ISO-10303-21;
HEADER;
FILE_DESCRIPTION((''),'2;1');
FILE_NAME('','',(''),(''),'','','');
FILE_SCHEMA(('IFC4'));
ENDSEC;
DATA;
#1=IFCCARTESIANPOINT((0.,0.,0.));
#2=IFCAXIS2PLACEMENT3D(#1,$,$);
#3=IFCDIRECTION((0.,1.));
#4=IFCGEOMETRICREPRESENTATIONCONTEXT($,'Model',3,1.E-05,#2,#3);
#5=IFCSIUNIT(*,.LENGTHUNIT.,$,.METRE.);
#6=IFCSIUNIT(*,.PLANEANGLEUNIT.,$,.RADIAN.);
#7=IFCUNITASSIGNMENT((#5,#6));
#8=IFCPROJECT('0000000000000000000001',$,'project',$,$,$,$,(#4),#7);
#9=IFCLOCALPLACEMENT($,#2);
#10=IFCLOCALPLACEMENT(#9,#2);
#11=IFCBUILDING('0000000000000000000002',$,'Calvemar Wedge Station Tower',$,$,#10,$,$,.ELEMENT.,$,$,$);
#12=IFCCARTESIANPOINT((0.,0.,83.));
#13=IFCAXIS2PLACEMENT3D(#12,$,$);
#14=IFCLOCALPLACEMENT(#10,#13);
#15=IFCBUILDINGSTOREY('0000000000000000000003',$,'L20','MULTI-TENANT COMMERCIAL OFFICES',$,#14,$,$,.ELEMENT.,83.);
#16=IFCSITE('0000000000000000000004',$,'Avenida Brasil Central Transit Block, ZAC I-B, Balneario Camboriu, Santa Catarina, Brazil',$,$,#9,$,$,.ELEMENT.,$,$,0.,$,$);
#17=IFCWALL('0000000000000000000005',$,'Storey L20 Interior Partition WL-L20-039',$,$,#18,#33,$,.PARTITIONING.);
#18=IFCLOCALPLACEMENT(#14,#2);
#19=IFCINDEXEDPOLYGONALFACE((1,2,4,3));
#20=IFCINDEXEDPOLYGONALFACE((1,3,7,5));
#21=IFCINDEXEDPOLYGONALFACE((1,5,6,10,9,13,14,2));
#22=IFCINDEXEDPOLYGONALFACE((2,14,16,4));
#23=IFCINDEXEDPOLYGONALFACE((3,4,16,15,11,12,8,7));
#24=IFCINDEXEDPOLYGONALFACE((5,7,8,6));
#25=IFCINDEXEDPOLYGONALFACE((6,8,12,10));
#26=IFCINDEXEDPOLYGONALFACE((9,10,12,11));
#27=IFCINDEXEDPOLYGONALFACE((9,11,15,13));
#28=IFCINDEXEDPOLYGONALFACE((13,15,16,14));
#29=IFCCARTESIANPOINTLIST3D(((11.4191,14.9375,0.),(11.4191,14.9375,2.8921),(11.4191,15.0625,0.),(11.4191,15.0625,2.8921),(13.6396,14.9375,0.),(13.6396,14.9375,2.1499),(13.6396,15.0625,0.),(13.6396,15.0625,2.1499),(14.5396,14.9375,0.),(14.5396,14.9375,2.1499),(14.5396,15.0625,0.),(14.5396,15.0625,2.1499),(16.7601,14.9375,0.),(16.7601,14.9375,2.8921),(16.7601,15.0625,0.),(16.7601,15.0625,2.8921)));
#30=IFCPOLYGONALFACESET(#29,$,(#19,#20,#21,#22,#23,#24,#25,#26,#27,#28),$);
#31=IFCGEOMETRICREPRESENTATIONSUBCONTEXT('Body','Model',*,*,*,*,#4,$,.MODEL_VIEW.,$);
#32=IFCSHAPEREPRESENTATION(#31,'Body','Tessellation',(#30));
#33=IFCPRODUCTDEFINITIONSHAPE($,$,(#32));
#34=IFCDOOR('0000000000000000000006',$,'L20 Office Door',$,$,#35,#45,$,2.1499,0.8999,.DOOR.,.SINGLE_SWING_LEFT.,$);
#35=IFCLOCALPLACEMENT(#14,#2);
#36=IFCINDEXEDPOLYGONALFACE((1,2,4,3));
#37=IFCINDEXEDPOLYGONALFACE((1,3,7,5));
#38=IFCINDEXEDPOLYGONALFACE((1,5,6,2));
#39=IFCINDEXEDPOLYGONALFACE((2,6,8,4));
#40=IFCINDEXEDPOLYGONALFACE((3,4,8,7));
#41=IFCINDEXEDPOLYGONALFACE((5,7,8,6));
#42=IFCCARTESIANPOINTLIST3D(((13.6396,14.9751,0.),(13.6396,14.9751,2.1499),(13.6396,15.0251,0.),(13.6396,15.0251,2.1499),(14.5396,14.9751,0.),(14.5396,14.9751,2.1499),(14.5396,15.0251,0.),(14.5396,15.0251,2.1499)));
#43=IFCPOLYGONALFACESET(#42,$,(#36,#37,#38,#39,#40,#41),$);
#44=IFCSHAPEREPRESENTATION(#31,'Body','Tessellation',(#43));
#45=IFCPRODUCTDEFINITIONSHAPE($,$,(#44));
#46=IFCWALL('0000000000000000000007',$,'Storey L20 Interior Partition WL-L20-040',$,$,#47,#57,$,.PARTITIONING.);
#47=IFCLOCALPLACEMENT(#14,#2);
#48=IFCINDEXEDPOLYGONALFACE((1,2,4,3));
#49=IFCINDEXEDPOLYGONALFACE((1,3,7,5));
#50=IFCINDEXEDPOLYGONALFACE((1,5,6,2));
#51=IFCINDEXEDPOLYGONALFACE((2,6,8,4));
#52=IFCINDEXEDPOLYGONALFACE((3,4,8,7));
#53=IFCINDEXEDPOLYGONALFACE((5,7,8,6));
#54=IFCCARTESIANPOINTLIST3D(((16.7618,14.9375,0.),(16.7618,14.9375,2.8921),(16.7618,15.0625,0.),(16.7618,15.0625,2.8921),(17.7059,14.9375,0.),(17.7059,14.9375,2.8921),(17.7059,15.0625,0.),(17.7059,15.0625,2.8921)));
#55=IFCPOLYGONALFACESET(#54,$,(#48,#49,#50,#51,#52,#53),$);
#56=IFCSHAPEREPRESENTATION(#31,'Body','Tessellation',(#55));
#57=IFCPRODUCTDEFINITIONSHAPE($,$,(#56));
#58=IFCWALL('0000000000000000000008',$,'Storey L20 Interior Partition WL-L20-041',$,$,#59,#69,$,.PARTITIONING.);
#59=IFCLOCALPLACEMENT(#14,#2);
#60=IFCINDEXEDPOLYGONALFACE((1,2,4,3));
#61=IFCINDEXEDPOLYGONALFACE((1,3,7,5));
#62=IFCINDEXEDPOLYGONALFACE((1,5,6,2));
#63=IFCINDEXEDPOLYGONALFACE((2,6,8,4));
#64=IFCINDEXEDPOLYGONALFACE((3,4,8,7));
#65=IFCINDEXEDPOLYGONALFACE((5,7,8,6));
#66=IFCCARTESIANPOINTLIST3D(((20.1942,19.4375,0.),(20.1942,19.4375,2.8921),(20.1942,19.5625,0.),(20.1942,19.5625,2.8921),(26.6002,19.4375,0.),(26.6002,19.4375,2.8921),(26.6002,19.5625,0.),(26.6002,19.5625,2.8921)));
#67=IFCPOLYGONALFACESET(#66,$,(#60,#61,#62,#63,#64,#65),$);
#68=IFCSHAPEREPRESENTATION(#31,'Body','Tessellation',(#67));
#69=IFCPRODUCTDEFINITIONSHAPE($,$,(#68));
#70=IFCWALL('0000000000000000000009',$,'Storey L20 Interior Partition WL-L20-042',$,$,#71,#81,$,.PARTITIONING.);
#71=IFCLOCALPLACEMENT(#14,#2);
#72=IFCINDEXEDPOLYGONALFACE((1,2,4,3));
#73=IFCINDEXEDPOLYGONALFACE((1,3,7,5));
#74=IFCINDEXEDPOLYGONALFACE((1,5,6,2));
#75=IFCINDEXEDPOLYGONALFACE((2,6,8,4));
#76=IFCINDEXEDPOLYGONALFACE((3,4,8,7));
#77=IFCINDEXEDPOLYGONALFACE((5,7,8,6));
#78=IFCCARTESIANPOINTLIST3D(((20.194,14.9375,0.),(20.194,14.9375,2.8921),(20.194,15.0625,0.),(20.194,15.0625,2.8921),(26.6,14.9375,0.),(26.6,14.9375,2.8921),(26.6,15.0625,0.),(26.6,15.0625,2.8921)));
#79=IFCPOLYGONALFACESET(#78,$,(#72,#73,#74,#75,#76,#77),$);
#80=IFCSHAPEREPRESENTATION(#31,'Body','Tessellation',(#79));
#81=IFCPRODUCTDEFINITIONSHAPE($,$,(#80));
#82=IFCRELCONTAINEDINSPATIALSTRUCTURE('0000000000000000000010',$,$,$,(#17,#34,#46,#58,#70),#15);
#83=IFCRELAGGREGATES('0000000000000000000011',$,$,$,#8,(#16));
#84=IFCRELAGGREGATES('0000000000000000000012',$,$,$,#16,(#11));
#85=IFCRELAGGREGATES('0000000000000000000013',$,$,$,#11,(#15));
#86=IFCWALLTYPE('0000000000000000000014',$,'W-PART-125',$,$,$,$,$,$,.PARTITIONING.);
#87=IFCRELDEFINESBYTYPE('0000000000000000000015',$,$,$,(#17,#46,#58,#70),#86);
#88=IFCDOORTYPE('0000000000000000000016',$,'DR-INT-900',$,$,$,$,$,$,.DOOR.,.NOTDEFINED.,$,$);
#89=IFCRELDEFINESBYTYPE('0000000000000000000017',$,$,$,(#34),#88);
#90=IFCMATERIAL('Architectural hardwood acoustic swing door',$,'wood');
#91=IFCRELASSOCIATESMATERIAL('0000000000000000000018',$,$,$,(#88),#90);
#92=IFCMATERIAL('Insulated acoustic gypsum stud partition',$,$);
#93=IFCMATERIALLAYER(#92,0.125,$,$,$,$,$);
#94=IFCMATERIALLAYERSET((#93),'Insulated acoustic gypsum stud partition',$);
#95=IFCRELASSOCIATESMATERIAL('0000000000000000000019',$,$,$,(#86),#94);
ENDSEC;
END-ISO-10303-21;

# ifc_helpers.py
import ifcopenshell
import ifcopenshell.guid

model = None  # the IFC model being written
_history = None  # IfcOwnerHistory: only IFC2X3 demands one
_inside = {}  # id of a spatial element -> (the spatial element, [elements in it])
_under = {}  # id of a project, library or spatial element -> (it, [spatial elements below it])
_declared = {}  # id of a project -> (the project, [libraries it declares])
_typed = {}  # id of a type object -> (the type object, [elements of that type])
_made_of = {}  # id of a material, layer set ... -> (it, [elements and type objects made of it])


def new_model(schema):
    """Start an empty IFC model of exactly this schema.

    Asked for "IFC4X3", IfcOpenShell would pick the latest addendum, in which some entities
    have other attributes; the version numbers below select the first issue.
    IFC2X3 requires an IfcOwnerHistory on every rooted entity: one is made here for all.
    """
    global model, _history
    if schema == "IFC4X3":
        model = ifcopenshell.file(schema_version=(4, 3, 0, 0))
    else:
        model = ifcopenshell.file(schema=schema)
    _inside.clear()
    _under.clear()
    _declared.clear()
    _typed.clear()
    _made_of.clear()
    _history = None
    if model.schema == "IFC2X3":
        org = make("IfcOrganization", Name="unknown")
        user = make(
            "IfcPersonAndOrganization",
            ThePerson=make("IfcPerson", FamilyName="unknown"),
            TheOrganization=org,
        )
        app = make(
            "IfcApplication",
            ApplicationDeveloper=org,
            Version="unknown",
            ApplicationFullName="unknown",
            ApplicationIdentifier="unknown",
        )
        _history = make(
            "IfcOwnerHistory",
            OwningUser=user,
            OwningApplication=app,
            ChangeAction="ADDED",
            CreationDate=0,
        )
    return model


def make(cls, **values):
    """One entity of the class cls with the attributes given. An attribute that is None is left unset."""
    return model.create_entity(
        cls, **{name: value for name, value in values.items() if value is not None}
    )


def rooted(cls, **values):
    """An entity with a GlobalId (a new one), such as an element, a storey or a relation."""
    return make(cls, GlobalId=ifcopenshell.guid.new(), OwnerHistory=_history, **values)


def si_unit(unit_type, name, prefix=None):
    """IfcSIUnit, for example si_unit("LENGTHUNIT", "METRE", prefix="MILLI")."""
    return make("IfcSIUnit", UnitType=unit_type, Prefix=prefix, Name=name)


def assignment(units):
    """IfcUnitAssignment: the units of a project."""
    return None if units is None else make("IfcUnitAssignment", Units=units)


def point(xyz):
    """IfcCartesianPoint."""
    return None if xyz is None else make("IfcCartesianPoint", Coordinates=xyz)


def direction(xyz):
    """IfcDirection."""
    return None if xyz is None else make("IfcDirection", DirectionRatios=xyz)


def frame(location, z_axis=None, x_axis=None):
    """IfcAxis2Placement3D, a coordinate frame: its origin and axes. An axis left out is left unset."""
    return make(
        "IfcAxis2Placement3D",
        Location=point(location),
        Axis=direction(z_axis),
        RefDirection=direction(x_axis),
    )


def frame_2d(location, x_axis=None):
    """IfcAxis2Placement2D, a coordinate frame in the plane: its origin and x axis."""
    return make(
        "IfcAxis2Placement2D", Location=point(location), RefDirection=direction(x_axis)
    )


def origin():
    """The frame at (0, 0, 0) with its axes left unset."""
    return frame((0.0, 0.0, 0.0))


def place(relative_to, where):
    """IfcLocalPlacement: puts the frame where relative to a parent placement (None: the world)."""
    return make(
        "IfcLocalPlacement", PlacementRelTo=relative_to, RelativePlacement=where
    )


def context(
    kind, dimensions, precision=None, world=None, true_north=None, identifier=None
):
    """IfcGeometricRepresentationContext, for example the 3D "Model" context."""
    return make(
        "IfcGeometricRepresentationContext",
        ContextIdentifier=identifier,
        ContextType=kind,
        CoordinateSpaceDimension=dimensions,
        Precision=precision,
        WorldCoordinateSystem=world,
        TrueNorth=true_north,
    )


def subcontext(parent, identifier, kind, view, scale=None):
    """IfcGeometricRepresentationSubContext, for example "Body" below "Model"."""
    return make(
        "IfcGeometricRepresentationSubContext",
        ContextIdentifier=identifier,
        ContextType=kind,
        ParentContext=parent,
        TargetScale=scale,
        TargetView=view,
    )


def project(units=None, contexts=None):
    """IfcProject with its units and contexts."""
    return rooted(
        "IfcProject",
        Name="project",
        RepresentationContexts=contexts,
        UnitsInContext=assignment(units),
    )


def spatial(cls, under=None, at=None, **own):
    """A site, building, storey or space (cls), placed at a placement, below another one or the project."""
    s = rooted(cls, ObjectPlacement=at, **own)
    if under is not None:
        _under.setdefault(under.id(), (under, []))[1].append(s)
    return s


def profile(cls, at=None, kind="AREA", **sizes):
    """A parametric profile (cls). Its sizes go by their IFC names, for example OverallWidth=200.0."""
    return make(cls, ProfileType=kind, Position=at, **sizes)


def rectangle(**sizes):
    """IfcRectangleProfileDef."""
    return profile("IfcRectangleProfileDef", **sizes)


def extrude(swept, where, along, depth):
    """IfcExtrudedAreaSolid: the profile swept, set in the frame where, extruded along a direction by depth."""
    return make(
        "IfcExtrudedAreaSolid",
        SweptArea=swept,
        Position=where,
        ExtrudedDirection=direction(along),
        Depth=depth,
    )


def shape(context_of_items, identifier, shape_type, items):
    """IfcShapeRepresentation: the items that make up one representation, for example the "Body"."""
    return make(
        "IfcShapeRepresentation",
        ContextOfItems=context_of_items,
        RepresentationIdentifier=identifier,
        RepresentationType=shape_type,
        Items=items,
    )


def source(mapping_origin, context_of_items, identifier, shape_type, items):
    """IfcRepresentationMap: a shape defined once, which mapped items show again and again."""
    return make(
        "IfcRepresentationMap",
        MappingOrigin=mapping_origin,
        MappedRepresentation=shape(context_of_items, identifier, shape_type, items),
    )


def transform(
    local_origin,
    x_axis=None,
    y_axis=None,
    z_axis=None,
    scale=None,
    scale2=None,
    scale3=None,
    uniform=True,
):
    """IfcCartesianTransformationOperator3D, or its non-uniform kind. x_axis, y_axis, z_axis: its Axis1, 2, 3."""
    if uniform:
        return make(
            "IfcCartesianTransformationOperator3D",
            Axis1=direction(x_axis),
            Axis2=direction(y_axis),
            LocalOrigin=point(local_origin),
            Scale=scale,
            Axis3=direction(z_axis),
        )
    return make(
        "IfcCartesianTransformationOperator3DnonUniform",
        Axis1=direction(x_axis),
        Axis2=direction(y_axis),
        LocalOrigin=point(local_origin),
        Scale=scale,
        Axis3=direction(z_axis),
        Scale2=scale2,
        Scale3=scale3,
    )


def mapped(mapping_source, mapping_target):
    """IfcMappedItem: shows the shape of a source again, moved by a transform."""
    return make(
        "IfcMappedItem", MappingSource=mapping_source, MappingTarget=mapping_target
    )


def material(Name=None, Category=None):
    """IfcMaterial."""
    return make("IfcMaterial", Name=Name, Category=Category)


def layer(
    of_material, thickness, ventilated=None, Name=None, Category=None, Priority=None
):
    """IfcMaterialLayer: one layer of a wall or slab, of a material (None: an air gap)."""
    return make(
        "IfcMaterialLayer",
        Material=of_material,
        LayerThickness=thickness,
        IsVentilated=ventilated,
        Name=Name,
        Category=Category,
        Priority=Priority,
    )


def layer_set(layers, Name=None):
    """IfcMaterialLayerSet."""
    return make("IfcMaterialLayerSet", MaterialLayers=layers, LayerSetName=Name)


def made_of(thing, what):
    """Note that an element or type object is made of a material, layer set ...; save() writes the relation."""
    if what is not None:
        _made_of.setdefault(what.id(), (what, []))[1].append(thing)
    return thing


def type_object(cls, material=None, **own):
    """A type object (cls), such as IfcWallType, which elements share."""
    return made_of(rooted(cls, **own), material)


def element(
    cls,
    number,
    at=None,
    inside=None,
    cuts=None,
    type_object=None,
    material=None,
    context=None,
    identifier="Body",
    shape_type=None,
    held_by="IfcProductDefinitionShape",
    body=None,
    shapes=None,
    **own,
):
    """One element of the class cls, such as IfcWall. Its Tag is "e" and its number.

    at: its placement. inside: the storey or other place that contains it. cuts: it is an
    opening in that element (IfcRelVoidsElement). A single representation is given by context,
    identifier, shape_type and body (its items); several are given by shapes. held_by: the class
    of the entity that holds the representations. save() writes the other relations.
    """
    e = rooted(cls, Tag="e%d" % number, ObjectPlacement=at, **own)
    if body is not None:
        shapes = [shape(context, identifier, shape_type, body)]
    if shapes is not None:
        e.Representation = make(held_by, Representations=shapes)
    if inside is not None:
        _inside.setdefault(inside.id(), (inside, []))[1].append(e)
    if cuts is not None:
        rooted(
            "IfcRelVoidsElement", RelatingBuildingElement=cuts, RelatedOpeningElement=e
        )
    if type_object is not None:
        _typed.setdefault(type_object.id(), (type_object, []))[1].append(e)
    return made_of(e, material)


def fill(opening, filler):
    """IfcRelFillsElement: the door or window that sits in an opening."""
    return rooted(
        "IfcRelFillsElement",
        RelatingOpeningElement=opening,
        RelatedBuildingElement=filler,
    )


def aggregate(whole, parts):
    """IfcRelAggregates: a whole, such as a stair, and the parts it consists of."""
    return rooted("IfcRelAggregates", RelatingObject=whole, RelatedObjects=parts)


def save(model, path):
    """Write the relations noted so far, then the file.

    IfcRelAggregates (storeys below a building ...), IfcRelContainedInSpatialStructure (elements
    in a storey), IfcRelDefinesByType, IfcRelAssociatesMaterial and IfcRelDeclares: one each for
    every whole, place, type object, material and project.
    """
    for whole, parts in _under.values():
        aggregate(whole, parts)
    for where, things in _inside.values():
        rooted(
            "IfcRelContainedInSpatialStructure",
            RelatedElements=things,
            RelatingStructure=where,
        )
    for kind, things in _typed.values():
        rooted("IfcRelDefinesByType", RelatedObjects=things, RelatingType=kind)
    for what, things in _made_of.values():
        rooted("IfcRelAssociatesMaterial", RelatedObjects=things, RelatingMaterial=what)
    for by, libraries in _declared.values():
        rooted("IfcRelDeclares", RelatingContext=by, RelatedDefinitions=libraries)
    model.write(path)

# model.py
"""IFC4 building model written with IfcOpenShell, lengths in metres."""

from ifc_helpers import new_model, si_unit, direction, frame, frame_2d, origin, place, context, subcontext, project, spatial, rectangle, extrude, source, transform, mapped, material, layer, layer_set, type_object, element, fill, save


model = new_model("IFC4")

# Units and contexts
model_context = context("Model", 3, precision=1e-05, world=origin(), true_north=direction((0.0, 1.0)))
body_context = subcontext(model_context, "Body", "Model", "MODEL_VIEW")
ifc_project = project(units=[si_unit("LENGTHUNIT", "METRE"), si_unit("PLANEANGLEUNIT", "RADIAN")], contexts=[model_context])

# Site, building, storey
site_placement = place(None, origin())
site = spatial("IfcSite", under=ifc_project, at=site_placement, Name="Avenida Brasil Central Transit Block, ZAC I-B, Balneario Camboriu, Santa Catarina, Brazil", CompositionType="ELEMENT", RefElevation=0.0)
building_placement = place(site_placement, origin())
building = spatial("IfcBuilding", under=site, at=building_placement, Name="Calvemar Wedge Station Tower", CompositionType="ELEMENT")
storey_placement = place(building_placement, frame((0.0, 0.0, 83.0)))
storey = spatial("IfcBuildingStorey", under=building, at=storey_placement, Name="L20", Description="MULTI-TENANT COMMERCIAL OFFICES", CompositionType="ELEMENT", Elevation=83.0)

# Shared definitions
ifc_material_1 = material(Name="Architectural hardwood acoustic swing door", Category="wood")
door_type = type_object("IfcDoorType", Name="DR-INT-900", OperationType="NOTDEFINED", PredefinedType="DOOR", material=ifc_material_1)
shared_shape_1 = source(origin(), body_context, "Body", "SweptSolid", [
    extrude(rectangle(XDim=0.8999, YDim=2.1499, at=frame_2d((0.45, 1.075))), frame((0.0, 0.0249, 0.0), z_axis=(0.0, -1.0, 0.0), x_axis=(1.0, 0.0, 0.0)), (0.0, 0.0, 1.0), 0.05),
])

# Wall, opening, door
ifc_material_2 = material(Name="Insulated acoustic gypsum stud partition")
ifc_layer_1 = layer(ifc_material_2, 0.125)
ifc_layer_set_1 = layer_set([ifc_layer_1], Name="Insulated acoustic gypsum stud partition")
wall_type_1 = type_object("IfcWallType", Name="W-PART-125", PredefinedType="PARTITIONING", material=ifc_layer_set_1)
wall_1_placement = place(storey_placement, frame((16.76, 15.0, 0.0), z_axis=(0.0, 0.0, 1.0), x_axis=(-1.0, 0.0, 0.0)))
wall_1 = element("IfcWall", 1, at=wall_1_placement, inside=storey, type_object=wall_type_1, Name="Storey L20 Interior Partition WL-L20-039", PredefinedType="PARTITIONING", context=body_context, shape_type="SweptSolid", body=[
    extrude(rectangle(XDim=5.3411, YDim=0.125, at=frame_2d((2.6704, 0.0))), origin(), (0.0, 0.0, 1.0), 2.8921),
])
shared_shape_2 = source(origin(), body_context, "Body", "SweptSolid", [
    extrude(rectangle(XDim=0.8999, YDim=2.1499, at=frame_2d((0.45, 1.075))), frame((0.0, 0.0725, 0.0), z_axis=(0.0, -1.0, 0.0), x_axis=(1.0, 0.0, 0.0)), (0.0, 0.0, 1.0), 0.145),
])
opening_1_placement = place(wall_1_placement, frame((2.2205, 0.0, 0.0)))
opening_1 = element("IfcOpeningElement", 2, at=opening_1_placement, cuts=wall_1, PredefinedType="OPENING", context=body_context, shape_type="MappedRepresentation", body=[
    mapped(shared_shape_2, transform((0.0, 0.0, 0.0), scale=1.0)),
])
door_1_placement = place(opening_1_placement, origin())
door_1 = element("IfcDoor", 3, at=door_1_placement, inside=storey, type_object=door_type, Name="L20 Office Door", OperationType="SINGLE_SWING_LEFT", OverallHeight=2.1499, OverallWidth=0.8999, PredefinedType="DOOR", context=body_context, shape_type="MappedRepresentation", body=[
    mapped(shared_shape_1, transform((0.0, 0.0, 0.0), scale=1.0)),
])
fill(opening_1, door_1)

# Walls
wall_2_placement = place(storey_placement, frame((17.7061, 15.0, 0.0), z_axis=(0.0, 0.0, 1.0), x_axis=(-1.0, 0.0, 0.0)))
element("IfcWall", 4, at=wall_2_placement, inside=storey, type_object=wall_type_1, Name="Storey L20 Interior Partition WL-L20-040", PredefinedType="PARTITIONING", context=body_context, shape_type="SweptSolid", body=[
    extrude(rectangle(XDim=0.9441, YDim=0.125, at=frame_2d((0.4722, 0.0))), origin(), (0.0, 0.0, 1.0), 2.8921),
])
for number, where, z_axis, x_axis, name in (
    (5, (20.1941, 19.5, 0.0), (0.0, 0.0, 1.0), (1.0, 0.0, 0.0), "Storey L20 Interior Partition WL-L20-041"),
    (6, (26.6001, 15.0, 0.0), (0.0, 0.0, 1.0), (-1.0, 0.0, 0.0), "Storey L20 Interior Partition WL-L20-042"),
):
    element("IfcWall", number, at=place(storey_placement, frame(where, z_axis=z_axis, x_axis=x_axis)), inside=storey, type_object=wall_type_1, Name=name, PredefinedType="PARTITIONING", context=body_context, shape_type="SweptSolid", body=[
        extrude(rectangle(XDim=6.406, YDim=0.125, at=frame_2d((3.2031, 0.0))), origin(), (0.0, 0.0, 1.0), 2.8921),
    ])

save(model, "model.ifc")
